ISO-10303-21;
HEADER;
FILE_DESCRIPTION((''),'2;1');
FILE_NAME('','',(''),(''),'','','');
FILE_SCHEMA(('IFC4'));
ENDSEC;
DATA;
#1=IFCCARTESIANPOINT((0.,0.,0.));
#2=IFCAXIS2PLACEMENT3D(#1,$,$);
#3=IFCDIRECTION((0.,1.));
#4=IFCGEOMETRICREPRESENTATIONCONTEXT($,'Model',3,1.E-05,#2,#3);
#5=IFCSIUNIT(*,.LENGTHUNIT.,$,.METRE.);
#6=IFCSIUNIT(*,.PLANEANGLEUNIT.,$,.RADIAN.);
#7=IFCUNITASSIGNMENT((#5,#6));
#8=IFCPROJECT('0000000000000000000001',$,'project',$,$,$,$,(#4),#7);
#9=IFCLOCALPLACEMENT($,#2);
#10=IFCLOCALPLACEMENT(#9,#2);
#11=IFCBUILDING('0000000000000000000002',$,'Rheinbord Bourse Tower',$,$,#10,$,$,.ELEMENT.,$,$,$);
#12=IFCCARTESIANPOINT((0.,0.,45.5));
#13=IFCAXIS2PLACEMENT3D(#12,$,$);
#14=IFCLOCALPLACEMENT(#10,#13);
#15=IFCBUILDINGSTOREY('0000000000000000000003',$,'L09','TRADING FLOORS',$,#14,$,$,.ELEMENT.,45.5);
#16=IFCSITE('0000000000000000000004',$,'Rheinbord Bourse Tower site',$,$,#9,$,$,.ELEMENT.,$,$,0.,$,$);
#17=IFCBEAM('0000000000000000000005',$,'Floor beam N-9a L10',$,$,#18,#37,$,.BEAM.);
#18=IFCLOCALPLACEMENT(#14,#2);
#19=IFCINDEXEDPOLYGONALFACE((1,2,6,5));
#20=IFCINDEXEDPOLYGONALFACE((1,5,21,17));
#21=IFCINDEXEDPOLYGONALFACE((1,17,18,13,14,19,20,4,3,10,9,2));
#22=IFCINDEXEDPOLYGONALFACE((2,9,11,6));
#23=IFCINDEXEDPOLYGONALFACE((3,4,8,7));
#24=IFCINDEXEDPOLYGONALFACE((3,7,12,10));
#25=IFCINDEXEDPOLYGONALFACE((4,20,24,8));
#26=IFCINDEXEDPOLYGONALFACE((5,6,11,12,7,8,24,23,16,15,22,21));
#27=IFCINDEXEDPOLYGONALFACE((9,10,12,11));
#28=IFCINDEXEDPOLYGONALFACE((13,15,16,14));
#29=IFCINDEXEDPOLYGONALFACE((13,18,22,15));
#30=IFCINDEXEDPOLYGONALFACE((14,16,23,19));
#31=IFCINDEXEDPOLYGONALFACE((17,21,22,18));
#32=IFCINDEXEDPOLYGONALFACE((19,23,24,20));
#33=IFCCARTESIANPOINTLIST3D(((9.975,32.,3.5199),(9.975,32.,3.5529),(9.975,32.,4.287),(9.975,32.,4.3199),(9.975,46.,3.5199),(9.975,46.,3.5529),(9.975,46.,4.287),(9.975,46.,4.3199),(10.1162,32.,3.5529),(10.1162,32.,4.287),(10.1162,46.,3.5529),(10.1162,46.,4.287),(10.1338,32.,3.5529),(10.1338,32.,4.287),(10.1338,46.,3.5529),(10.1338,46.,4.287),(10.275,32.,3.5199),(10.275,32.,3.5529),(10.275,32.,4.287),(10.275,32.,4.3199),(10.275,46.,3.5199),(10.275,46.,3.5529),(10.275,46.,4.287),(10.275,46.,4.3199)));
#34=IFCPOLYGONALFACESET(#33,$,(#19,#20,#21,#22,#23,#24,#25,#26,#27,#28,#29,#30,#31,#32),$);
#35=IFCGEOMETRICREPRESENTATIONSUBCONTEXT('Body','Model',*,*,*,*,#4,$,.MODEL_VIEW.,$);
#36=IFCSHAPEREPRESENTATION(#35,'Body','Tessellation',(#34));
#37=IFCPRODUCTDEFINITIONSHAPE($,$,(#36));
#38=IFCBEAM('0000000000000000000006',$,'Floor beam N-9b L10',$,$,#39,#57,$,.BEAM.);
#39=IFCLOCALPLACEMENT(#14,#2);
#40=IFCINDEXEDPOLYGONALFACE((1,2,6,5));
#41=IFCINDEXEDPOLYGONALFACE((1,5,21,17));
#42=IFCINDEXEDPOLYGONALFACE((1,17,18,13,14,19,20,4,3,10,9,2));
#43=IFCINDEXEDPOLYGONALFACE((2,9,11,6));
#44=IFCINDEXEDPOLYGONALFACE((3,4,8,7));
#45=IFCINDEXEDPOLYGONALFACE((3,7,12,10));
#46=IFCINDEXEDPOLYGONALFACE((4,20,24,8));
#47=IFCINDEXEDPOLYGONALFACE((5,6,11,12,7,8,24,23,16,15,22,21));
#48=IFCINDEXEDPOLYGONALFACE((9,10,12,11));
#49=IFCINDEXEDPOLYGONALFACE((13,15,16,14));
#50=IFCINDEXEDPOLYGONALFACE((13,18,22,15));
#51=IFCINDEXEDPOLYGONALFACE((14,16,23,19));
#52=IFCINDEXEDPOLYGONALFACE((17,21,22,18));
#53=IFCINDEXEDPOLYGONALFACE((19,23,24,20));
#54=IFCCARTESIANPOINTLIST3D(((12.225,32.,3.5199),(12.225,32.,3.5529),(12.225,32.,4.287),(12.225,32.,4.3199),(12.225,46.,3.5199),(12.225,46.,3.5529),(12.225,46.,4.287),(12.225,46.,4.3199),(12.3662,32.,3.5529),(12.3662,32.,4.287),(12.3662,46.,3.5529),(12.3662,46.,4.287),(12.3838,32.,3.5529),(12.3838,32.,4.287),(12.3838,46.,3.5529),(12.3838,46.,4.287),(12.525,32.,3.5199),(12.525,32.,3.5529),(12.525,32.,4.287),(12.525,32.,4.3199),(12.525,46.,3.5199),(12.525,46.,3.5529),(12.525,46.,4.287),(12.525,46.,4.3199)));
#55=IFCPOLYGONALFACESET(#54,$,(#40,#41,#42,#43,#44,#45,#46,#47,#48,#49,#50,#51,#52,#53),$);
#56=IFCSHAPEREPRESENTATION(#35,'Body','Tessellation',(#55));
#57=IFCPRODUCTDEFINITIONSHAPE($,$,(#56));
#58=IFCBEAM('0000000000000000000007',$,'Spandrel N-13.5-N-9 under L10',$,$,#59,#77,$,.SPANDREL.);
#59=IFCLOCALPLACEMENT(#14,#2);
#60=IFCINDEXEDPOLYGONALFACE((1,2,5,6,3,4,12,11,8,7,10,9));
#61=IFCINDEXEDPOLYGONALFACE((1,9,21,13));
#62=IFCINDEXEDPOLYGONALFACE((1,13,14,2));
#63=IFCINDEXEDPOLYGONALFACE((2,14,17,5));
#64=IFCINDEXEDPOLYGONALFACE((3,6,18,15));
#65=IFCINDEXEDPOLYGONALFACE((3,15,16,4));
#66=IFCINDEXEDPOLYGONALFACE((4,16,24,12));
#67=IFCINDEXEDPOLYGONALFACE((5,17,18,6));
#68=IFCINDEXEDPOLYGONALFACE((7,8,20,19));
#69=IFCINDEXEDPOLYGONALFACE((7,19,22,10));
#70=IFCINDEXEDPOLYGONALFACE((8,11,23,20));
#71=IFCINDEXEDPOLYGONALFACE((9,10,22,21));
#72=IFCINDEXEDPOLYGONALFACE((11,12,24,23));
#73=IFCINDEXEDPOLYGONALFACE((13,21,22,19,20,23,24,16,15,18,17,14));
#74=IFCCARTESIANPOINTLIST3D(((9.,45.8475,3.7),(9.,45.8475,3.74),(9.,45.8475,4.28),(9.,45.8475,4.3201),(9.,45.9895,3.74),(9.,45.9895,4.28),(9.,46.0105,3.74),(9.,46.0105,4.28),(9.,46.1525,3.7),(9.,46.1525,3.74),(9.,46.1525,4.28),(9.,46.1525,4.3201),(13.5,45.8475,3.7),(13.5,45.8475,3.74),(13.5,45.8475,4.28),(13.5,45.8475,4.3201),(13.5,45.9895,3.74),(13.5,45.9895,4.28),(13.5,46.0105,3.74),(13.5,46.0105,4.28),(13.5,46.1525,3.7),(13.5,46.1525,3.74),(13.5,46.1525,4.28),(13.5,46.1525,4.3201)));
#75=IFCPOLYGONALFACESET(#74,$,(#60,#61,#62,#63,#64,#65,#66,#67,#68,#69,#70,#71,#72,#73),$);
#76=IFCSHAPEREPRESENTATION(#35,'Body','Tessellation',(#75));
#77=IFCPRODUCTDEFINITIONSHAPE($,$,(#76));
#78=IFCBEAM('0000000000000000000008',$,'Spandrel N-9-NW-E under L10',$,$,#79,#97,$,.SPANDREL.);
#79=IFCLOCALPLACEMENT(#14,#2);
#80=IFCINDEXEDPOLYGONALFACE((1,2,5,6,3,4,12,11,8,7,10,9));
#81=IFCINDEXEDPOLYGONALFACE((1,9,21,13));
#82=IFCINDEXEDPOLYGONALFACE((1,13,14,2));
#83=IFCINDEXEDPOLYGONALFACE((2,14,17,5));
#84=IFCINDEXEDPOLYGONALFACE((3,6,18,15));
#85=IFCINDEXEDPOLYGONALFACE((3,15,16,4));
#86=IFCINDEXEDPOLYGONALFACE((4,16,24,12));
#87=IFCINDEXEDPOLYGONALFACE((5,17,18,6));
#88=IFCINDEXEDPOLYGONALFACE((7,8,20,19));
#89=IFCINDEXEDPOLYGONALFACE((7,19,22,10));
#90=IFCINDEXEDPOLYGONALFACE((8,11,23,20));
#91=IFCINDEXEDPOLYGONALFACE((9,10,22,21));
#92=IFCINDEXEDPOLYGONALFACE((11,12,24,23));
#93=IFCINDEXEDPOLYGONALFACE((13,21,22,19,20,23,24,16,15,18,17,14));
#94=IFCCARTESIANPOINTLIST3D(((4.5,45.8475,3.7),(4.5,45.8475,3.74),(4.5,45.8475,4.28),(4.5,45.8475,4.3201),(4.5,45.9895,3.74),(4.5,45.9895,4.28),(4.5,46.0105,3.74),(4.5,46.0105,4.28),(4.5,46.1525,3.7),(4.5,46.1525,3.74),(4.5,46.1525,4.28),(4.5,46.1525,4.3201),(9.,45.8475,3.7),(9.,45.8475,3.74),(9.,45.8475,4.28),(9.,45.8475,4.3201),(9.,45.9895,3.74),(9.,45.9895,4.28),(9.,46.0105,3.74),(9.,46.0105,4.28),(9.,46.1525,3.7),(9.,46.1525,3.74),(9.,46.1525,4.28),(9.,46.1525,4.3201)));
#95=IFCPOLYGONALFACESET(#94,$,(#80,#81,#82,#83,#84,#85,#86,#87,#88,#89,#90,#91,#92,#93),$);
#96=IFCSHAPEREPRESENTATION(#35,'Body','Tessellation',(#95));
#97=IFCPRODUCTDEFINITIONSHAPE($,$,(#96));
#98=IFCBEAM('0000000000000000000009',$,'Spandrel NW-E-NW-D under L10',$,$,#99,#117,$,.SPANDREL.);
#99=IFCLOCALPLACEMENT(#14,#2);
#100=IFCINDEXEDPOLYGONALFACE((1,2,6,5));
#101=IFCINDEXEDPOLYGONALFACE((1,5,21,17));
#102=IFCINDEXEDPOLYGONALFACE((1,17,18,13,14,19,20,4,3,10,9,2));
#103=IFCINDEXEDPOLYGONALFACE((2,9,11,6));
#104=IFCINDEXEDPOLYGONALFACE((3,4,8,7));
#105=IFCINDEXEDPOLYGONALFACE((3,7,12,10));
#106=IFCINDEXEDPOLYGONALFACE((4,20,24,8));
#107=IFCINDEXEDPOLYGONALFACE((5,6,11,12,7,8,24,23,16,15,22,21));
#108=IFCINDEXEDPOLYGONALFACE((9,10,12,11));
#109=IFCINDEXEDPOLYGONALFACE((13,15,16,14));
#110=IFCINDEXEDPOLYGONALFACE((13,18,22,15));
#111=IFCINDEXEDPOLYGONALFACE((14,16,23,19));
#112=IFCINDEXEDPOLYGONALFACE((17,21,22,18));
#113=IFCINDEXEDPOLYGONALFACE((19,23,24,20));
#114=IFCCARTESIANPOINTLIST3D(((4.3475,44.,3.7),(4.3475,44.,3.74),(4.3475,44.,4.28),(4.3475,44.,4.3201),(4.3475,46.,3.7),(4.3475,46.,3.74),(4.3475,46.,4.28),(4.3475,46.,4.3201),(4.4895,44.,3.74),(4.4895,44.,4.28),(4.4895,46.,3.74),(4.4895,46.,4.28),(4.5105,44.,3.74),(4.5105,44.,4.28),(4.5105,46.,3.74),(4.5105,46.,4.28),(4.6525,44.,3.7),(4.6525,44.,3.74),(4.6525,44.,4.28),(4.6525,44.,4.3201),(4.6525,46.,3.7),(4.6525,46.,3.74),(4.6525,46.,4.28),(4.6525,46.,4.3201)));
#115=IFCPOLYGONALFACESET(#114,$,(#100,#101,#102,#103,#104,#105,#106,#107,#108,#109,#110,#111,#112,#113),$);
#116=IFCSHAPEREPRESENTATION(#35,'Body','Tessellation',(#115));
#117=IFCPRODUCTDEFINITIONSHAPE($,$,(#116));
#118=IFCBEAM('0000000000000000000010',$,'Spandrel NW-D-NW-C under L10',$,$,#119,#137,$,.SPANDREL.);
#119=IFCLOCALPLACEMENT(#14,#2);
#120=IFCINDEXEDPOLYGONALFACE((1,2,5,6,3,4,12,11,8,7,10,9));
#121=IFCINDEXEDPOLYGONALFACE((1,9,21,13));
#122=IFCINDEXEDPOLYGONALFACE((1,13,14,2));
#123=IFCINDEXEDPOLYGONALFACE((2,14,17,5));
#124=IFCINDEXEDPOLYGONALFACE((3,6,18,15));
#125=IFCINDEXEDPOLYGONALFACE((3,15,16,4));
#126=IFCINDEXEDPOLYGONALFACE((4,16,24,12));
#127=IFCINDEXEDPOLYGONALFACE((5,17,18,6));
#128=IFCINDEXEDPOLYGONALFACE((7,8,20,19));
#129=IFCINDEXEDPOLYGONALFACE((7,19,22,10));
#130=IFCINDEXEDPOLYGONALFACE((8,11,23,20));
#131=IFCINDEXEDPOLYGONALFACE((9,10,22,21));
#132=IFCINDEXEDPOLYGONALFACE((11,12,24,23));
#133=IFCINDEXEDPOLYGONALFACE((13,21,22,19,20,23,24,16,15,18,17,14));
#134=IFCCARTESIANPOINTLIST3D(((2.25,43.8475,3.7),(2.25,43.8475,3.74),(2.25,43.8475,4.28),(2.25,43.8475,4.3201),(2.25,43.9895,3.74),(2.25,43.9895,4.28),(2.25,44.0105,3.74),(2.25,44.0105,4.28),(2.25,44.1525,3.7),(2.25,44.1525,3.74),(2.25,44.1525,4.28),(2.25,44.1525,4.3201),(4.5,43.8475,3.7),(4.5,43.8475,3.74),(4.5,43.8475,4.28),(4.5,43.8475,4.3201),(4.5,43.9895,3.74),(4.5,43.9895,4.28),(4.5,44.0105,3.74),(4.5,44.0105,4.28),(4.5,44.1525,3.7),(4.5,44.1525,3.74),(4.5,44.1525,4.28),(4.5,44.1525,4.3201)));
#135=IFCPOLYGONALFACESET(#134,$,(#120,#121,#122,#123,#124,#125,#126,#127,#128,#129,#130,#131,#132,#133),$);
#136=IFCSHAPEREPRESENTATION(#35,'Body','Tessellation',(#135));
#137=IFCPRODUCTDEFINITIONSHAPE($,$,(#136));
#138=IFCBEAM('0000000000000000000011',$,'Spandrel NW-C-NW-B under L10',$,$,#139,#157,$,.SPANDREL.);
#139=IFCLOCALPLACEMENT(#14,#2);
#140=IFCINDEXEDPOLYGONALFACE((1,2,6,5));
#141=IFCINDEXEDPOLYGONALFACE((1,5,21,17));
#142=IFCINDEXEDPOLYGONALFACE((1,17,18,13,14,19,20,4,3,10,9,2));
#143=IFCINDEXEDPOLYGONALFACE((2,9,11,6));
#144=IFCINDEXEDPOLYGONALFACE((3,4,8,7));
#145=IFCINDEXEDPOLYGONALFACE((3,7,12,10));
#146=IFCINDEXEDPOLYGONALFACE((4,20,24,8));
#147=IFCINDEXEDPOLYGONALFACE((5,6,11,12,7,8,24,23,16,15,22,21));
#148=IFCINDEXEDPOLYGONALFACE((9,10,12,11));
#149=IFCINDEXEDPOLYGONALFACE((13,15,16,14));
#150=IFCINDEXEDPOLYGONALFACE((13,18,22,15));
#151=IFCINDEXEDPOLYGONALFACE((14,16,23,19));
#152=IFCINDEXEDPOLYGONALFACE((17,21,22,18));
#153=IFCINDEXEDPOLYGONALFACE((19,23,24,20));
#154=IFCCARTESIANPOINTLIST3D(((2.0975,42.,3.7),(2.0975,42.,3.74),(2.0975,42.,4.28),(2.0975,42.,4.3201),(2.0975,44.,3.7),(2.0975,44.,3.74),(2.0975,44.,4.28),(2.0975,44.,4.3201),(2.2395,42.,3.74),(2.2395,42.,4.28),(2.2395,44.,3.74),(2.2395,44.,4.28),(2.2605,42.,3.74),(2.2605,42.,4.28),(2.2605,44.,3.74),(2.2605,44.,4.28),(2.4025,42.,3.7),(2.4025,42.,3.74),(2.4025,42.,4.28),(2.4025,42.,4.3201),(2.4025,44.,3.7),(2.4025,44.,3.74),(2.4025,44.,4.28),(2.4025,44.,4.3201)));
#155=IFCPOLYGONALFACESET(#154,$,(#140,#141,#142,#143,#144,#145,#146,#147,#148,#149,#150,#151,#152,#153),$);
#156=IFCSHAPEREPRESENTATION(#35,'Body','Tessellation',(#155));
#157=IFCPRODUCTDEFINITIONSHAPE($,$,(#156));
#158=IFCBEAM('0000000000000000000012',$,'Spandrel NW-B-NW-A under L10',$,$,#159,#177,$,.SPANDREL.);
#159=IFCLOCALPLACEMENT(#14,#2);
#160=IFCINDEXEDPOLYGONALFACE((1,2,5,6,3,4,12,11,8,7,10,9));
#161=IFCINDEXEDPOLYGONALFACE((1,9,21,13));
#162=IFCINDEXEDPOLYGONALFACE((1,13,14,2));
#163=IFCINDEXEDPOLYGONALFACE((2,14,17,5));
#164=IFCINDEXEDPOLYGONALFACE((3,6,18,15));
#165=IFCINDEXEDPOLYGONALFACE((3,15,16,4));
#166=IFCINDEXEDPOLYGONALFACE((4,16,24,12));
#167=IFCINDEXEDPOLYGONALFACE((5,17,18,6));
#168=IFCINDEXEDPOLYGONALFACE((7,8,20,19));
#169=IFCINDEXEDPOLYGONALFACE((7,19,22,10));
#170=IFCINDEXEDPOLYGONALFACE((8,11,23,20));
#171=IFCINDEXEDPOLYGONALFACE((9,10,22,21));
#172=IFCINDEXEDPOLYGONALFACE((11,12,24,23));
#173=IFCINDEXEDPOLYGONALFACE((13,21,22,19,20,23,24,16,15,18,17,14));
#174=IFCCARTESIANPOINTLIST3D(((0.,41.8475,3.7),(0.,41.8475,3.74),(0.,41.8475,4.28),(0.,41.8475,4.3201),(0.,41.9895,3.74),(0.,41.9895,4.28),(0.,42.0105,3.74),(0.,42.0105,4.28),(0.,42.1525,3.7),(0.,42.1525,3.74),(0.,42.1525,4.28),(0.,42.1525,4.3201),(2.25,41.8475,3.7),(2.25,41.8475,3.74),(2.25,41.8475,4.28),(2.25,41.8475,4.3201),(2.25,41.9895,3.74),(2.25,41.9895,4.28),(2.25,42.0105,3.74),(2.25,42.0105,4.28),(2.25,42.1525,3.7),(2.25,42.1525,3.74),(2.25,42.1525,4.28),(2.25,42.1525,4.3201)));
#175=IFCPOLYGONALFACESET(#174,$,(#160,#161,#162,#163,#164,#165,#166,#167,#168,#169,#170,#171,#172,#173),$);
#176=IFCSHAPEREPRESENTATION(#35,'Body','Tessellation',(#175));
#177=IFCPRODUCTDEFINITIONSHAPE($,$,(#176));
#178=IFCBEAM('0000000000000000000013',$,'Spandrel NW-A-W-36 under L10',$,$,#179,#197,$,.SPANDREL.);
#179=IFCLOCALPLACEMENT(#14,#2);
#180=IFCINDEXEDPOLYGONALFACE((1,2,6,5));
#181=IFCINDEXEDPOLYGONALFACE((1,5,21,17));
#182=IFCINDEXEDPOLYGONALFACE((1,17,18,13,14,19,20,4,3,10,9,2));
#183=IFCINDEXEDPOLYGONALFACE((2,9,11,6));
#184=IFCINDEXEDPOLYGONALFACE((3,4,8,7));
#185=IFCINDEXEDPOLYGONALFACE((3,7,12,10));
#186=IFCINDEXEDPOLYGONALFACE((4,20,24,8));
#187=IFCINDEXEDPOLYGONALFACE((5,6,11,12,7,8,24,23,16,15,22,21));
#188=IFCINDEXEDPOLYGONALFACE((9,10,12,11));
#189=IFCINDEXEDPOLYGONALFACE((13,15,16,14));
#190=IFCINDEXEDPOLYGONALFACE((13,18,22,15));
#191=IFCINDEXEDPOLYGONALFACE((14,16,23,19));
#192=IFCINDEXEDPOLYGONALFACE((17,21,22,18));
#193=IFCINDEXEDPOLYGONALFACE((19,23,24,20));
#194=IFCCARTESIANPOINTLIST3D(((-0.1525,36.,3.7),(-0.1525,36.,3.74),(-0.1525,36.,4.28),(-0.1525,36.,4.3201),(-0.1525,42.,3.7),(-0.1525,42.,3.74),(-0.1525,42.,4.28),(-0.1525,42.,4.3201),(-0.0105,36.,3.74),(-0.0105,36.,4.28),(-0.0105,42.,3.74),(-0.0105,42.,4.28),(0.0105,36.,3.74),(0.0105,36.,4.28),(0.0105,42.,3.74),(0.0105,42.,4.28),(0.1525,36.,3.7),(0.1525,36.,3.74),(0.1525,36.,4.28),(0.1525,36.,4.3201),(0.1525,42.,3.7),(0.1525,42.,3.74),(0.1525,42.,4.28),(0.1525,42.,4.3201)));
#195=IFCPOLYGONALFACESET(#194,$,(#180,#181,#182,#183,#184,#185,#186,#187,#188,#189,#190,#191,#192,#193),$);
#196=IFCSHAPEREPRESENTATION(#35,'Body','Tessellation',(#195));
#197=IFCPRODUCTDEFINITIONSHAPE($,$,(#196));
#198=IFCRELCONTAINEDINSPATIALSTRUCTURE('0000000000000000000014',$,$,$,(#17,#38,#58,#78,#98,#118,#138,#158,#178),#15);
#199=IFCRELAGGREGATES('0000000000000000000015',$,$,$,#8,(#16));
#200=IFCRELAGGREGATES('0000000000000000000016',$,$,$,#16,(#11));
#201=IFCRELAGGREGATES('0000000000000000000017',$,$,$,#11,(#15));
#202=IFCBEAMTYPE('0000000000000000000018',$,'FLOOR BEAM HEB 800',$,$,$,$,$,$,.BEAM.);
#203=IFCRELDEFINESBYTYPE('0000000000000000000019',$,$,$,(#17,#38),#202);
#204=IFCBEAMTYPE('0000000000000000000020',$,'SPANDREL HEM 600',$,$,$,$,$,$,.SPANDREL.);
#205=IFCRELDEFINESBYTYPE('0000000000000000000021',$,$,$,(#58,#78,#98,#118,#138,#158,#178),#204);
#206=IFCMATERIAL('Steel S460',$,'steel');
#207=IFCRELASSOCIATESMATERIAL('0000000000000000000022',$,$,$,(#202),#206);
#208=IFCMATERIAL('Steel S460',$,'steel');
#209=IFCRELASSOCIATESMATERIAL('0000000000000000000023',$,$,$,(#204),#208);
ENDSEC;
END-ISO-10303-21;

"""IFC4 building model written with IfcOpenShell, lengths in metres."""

from ifc_helpers import new_model, si_unit, direction, frame, origin, origin_2d, place, context, subcontext, project, spatial, i_section, extrude, material, material_profile, profile_set, type_object, element, save


model = new_model("IFC4")

# Units and contexts
model_context = context("Model", 3, precision=1e-05, world=origin(), true_north=direction((0.0, 1.0)))
body_context = subcontext(model_context, "Body", "Model", "MODEL_VIEW")
ifc_project = project(units=[si_unit("LENGTHUNIT", "METRE"), si_unit("PLANEANGLEUNIT", "RADIAN")], contexts=[model_context])

# Site, building, storey
site_placement = place(None, origin())
site = spatial("IfcSite", under=ifc_project, at=site_placement, Name="Rheinbord Bourse Tower site", CompositionType="ELEMENT", RefElevation=0.0)
building_placement = place(site_placement, origin())
building = spatial("IfcBuilding", under=site, at=building_placement, Name="Rheinbord Bourse Tower", CompositionType="ELEMENT")
storey_placement = place(building_placement, frame((0.0, 0.0, 45.5)))
storey = spatial("IfcBuildingStorey", under=building, at=storey_placement, Name="L09", Description="TRADING FLOORS", CompositionType="ELEMENT", Elevation=45.5)

# Beams
ifc_material_1 = material(Name="Steel S460", Category="steel")
ifc_material_profile_1 = material_profile(ifc_material_1, i_section(OverallWidth=0.3, OverallDepth=0.8, WebThickness=0.0176, FlangeThickness=0.033, at=origin_2d()), Name="HEB 800")
ifc_profile_set_1 = profile_set([ifc_material_profile_1], Name="Steel S460")
beam_type_1 = type_object("IfcBeamType", Name="FLOOR BEAM HEB 800", PredefinedType="BEAM", material=ifc_profile_set_1)
for number, where, z_axis, x_axis, name in (
    (1, (10.125, 46.0, 3.9199), (0.0, -1.0, 0.0), (1.0, 0.0, 0.0), "Floor beam N-9a L10"),
    (2, (12.375, 46.0, 3.9199), (0.0, -1.0, 0.0), (1.0, 0.0, 0.0), "Floor beam N-9b L10"),
):
    element("IfcBeam", number, at=place(storey_placement, frame(where, z_axis=z_axis, x_axis=x_axis)), inside=storey, type_object=beam_type_1, Name=name, PredefinedType="BEAM", context=body_context, shape_type="SweptSolid", body=[
        extrude(i_section(OverallWidth=0.3, OverallDepth=0.8, WebThickness=0.0176, FlangeThickness=0.033, at=origin_2d()), origin(), (0.0, 0.0, 1.0), 14.0),
    ])
ifc_material_2 = material(Name="Steel S460", Category="steel")
ifc_material_profile_2 = material_profile(ifc_material_2, i_section(OverallWidth=0.3049, OverallDepth=0.6201, WebThickness=0.021, FlangeThickness=0.04, at=origin_2d()), Name="HEM 600")
ifc_profile_set_2 = profile_set([ifc_material_profile_2], Name="Steel S460")
beam_type_2 = type_object("IfcBeamType", Name="SPANDREL HEM 600", PredefinedType="SPANDREL", material=ifc_profile_set_2)
for number, where, z_axis, x_axis, name in (
    (3, (13.5, 46.0, 4.01), (-1.0, 0.0, 0.0), (0.0, -1.0, 0.0), "Spandrel N-13.5-N-9 under L10"),
    (4, (9.0, 46.0, 4.01), (-1.0, 0.0, 0.0), (0.0, -1.0, 0.0), "Spandrel N-9-NW-E under L10"),
):
    element("IfcBeam", number, at=place(storey_placement, frame(where, z_axis=z_axis, x_axis=x_axis)), inside=storey, type_object=beam_type_2, Name=name, PredefinedType="SPANDREL", context=body_context, shape_type="SweptSolid", body=[
        extrude(i_section(OverallWidth=0.3049, OverallDepth=0.6201, WebThickness=0.021, FlangeThickness=0.04, at=origin_2d()), origin(), (0.0, 0.0, 1.0), 4.5),
    ])
beam_1_placement = place(storey_placement, frame((4.5, 46.0, 4.01), z_axis=(0.0, -1.0, 0.0), x_axis=(1.0, 0.0, 0.0)))
element("IfcBeam", 5, at=beam_1_placement, inside=storey, type_object=beam_type_2, Name="Spandrel NW-E-NW-D under L10", PredefinedType="SPANDREL", context=body_context, shape_type="SweptSolid", body=[
    extrude(i_section(OverallWidth=0.3049, OverallDepth=0.6201, WebThickness=0.021, FlangeThickness=0.04, at=origin_2d()), origin(), (0.0, 0.0, 1.0), 2.0),
])
beam_2_placement = place(storey_placement, frame((4.5, 44.0, 4.01), z_axis=(-1.0, 0.0, 0.0), x_axis=(0.0, -1.0, 0.0)))
element("IfcBeam", 6, at=beam_2_placement, inside=storey, type_object=beam_type_2, Name="Spandrel NW-D-NW-C under L10", PredefinedType="SPANDREL", context=body_context, shape_type="SweptSolid", body=[
    extrude(i_section(OverallWidth=0.3049, OverallDepth=0.6201, WebThickness=0.021, FlangeThickness=0.04, at=origin_2d()), origin(), (0.0, 0.0, 1.0), 2.25),
])
beam_3_placement = place(storey_placement, frame((2.25, 44.0, 4.01), z_axis=(0.0, -1.0, 0.0), x_axis=(1.0, 0.0, 0.0)))
element("IfcBeam", 7, at=beam_3_placement, inside=storey, type_object=beam_type_2, Name="Spandrel NW-C-NW-B under L10", PredefinedType="SPANDREL", context=body_context, shape_type="SweptSolid", body=[
    extrude(i_section(OverallWidth=0.3049, OverallDepth=0.6201, WebThickness=0.021, FlangeThickness=0.04, at=origin_2d()), origin(), (0.0, 0.0, 1.0), 2.0),
])
beam_4_placement = place(storey_placement, frame((2.25, 42.0, 4.01), z_axis=(-1.0, 0.0, 0.0), x_axis=(0.0, -1.0, 0.0)))
element("IfcBeam", 8, at=beam_4_placement, inside=storey, type_object=beam_type_2, Name="Spandrel NW-B-NW-A under L10", PredefinedType="SPANDREL", context=body_context, shape_type="SweptSolid", body=[
    extrude(i_section(OverallWidth=0.3049, OverallDepth=0.6201, WebThickness=0.021, FlangeThickness=0.04, at=origin_2d()), origin(), (0.0, 0.0, 1.0), 2.25),
])
beam_5_placement = place(storey_placement, frame((0.0, 42.0, 4.01), z_axis=(0.0, -1.0, 0.0), x_axis=(1.0, 0.0, 0.0)))
element("IfcBeam", 9, at=beam_5_placement, inside=storey, type_object=beam_type_2, Name="Spandrel NW-A-W-36 under L10", PredefinedType="SPANDREL", context=body_context, shape_type="SweptSolid", body=[
    extrude(i_section(OverallWidth=0.3049, OverallDepth=0.6201, WebThickness=0.021, FlangeThickness=0.04, at=origin_2d()), origin(), (0.0, 0.0, 1.0), 6.0),
])

save(model, "model.ifc")
